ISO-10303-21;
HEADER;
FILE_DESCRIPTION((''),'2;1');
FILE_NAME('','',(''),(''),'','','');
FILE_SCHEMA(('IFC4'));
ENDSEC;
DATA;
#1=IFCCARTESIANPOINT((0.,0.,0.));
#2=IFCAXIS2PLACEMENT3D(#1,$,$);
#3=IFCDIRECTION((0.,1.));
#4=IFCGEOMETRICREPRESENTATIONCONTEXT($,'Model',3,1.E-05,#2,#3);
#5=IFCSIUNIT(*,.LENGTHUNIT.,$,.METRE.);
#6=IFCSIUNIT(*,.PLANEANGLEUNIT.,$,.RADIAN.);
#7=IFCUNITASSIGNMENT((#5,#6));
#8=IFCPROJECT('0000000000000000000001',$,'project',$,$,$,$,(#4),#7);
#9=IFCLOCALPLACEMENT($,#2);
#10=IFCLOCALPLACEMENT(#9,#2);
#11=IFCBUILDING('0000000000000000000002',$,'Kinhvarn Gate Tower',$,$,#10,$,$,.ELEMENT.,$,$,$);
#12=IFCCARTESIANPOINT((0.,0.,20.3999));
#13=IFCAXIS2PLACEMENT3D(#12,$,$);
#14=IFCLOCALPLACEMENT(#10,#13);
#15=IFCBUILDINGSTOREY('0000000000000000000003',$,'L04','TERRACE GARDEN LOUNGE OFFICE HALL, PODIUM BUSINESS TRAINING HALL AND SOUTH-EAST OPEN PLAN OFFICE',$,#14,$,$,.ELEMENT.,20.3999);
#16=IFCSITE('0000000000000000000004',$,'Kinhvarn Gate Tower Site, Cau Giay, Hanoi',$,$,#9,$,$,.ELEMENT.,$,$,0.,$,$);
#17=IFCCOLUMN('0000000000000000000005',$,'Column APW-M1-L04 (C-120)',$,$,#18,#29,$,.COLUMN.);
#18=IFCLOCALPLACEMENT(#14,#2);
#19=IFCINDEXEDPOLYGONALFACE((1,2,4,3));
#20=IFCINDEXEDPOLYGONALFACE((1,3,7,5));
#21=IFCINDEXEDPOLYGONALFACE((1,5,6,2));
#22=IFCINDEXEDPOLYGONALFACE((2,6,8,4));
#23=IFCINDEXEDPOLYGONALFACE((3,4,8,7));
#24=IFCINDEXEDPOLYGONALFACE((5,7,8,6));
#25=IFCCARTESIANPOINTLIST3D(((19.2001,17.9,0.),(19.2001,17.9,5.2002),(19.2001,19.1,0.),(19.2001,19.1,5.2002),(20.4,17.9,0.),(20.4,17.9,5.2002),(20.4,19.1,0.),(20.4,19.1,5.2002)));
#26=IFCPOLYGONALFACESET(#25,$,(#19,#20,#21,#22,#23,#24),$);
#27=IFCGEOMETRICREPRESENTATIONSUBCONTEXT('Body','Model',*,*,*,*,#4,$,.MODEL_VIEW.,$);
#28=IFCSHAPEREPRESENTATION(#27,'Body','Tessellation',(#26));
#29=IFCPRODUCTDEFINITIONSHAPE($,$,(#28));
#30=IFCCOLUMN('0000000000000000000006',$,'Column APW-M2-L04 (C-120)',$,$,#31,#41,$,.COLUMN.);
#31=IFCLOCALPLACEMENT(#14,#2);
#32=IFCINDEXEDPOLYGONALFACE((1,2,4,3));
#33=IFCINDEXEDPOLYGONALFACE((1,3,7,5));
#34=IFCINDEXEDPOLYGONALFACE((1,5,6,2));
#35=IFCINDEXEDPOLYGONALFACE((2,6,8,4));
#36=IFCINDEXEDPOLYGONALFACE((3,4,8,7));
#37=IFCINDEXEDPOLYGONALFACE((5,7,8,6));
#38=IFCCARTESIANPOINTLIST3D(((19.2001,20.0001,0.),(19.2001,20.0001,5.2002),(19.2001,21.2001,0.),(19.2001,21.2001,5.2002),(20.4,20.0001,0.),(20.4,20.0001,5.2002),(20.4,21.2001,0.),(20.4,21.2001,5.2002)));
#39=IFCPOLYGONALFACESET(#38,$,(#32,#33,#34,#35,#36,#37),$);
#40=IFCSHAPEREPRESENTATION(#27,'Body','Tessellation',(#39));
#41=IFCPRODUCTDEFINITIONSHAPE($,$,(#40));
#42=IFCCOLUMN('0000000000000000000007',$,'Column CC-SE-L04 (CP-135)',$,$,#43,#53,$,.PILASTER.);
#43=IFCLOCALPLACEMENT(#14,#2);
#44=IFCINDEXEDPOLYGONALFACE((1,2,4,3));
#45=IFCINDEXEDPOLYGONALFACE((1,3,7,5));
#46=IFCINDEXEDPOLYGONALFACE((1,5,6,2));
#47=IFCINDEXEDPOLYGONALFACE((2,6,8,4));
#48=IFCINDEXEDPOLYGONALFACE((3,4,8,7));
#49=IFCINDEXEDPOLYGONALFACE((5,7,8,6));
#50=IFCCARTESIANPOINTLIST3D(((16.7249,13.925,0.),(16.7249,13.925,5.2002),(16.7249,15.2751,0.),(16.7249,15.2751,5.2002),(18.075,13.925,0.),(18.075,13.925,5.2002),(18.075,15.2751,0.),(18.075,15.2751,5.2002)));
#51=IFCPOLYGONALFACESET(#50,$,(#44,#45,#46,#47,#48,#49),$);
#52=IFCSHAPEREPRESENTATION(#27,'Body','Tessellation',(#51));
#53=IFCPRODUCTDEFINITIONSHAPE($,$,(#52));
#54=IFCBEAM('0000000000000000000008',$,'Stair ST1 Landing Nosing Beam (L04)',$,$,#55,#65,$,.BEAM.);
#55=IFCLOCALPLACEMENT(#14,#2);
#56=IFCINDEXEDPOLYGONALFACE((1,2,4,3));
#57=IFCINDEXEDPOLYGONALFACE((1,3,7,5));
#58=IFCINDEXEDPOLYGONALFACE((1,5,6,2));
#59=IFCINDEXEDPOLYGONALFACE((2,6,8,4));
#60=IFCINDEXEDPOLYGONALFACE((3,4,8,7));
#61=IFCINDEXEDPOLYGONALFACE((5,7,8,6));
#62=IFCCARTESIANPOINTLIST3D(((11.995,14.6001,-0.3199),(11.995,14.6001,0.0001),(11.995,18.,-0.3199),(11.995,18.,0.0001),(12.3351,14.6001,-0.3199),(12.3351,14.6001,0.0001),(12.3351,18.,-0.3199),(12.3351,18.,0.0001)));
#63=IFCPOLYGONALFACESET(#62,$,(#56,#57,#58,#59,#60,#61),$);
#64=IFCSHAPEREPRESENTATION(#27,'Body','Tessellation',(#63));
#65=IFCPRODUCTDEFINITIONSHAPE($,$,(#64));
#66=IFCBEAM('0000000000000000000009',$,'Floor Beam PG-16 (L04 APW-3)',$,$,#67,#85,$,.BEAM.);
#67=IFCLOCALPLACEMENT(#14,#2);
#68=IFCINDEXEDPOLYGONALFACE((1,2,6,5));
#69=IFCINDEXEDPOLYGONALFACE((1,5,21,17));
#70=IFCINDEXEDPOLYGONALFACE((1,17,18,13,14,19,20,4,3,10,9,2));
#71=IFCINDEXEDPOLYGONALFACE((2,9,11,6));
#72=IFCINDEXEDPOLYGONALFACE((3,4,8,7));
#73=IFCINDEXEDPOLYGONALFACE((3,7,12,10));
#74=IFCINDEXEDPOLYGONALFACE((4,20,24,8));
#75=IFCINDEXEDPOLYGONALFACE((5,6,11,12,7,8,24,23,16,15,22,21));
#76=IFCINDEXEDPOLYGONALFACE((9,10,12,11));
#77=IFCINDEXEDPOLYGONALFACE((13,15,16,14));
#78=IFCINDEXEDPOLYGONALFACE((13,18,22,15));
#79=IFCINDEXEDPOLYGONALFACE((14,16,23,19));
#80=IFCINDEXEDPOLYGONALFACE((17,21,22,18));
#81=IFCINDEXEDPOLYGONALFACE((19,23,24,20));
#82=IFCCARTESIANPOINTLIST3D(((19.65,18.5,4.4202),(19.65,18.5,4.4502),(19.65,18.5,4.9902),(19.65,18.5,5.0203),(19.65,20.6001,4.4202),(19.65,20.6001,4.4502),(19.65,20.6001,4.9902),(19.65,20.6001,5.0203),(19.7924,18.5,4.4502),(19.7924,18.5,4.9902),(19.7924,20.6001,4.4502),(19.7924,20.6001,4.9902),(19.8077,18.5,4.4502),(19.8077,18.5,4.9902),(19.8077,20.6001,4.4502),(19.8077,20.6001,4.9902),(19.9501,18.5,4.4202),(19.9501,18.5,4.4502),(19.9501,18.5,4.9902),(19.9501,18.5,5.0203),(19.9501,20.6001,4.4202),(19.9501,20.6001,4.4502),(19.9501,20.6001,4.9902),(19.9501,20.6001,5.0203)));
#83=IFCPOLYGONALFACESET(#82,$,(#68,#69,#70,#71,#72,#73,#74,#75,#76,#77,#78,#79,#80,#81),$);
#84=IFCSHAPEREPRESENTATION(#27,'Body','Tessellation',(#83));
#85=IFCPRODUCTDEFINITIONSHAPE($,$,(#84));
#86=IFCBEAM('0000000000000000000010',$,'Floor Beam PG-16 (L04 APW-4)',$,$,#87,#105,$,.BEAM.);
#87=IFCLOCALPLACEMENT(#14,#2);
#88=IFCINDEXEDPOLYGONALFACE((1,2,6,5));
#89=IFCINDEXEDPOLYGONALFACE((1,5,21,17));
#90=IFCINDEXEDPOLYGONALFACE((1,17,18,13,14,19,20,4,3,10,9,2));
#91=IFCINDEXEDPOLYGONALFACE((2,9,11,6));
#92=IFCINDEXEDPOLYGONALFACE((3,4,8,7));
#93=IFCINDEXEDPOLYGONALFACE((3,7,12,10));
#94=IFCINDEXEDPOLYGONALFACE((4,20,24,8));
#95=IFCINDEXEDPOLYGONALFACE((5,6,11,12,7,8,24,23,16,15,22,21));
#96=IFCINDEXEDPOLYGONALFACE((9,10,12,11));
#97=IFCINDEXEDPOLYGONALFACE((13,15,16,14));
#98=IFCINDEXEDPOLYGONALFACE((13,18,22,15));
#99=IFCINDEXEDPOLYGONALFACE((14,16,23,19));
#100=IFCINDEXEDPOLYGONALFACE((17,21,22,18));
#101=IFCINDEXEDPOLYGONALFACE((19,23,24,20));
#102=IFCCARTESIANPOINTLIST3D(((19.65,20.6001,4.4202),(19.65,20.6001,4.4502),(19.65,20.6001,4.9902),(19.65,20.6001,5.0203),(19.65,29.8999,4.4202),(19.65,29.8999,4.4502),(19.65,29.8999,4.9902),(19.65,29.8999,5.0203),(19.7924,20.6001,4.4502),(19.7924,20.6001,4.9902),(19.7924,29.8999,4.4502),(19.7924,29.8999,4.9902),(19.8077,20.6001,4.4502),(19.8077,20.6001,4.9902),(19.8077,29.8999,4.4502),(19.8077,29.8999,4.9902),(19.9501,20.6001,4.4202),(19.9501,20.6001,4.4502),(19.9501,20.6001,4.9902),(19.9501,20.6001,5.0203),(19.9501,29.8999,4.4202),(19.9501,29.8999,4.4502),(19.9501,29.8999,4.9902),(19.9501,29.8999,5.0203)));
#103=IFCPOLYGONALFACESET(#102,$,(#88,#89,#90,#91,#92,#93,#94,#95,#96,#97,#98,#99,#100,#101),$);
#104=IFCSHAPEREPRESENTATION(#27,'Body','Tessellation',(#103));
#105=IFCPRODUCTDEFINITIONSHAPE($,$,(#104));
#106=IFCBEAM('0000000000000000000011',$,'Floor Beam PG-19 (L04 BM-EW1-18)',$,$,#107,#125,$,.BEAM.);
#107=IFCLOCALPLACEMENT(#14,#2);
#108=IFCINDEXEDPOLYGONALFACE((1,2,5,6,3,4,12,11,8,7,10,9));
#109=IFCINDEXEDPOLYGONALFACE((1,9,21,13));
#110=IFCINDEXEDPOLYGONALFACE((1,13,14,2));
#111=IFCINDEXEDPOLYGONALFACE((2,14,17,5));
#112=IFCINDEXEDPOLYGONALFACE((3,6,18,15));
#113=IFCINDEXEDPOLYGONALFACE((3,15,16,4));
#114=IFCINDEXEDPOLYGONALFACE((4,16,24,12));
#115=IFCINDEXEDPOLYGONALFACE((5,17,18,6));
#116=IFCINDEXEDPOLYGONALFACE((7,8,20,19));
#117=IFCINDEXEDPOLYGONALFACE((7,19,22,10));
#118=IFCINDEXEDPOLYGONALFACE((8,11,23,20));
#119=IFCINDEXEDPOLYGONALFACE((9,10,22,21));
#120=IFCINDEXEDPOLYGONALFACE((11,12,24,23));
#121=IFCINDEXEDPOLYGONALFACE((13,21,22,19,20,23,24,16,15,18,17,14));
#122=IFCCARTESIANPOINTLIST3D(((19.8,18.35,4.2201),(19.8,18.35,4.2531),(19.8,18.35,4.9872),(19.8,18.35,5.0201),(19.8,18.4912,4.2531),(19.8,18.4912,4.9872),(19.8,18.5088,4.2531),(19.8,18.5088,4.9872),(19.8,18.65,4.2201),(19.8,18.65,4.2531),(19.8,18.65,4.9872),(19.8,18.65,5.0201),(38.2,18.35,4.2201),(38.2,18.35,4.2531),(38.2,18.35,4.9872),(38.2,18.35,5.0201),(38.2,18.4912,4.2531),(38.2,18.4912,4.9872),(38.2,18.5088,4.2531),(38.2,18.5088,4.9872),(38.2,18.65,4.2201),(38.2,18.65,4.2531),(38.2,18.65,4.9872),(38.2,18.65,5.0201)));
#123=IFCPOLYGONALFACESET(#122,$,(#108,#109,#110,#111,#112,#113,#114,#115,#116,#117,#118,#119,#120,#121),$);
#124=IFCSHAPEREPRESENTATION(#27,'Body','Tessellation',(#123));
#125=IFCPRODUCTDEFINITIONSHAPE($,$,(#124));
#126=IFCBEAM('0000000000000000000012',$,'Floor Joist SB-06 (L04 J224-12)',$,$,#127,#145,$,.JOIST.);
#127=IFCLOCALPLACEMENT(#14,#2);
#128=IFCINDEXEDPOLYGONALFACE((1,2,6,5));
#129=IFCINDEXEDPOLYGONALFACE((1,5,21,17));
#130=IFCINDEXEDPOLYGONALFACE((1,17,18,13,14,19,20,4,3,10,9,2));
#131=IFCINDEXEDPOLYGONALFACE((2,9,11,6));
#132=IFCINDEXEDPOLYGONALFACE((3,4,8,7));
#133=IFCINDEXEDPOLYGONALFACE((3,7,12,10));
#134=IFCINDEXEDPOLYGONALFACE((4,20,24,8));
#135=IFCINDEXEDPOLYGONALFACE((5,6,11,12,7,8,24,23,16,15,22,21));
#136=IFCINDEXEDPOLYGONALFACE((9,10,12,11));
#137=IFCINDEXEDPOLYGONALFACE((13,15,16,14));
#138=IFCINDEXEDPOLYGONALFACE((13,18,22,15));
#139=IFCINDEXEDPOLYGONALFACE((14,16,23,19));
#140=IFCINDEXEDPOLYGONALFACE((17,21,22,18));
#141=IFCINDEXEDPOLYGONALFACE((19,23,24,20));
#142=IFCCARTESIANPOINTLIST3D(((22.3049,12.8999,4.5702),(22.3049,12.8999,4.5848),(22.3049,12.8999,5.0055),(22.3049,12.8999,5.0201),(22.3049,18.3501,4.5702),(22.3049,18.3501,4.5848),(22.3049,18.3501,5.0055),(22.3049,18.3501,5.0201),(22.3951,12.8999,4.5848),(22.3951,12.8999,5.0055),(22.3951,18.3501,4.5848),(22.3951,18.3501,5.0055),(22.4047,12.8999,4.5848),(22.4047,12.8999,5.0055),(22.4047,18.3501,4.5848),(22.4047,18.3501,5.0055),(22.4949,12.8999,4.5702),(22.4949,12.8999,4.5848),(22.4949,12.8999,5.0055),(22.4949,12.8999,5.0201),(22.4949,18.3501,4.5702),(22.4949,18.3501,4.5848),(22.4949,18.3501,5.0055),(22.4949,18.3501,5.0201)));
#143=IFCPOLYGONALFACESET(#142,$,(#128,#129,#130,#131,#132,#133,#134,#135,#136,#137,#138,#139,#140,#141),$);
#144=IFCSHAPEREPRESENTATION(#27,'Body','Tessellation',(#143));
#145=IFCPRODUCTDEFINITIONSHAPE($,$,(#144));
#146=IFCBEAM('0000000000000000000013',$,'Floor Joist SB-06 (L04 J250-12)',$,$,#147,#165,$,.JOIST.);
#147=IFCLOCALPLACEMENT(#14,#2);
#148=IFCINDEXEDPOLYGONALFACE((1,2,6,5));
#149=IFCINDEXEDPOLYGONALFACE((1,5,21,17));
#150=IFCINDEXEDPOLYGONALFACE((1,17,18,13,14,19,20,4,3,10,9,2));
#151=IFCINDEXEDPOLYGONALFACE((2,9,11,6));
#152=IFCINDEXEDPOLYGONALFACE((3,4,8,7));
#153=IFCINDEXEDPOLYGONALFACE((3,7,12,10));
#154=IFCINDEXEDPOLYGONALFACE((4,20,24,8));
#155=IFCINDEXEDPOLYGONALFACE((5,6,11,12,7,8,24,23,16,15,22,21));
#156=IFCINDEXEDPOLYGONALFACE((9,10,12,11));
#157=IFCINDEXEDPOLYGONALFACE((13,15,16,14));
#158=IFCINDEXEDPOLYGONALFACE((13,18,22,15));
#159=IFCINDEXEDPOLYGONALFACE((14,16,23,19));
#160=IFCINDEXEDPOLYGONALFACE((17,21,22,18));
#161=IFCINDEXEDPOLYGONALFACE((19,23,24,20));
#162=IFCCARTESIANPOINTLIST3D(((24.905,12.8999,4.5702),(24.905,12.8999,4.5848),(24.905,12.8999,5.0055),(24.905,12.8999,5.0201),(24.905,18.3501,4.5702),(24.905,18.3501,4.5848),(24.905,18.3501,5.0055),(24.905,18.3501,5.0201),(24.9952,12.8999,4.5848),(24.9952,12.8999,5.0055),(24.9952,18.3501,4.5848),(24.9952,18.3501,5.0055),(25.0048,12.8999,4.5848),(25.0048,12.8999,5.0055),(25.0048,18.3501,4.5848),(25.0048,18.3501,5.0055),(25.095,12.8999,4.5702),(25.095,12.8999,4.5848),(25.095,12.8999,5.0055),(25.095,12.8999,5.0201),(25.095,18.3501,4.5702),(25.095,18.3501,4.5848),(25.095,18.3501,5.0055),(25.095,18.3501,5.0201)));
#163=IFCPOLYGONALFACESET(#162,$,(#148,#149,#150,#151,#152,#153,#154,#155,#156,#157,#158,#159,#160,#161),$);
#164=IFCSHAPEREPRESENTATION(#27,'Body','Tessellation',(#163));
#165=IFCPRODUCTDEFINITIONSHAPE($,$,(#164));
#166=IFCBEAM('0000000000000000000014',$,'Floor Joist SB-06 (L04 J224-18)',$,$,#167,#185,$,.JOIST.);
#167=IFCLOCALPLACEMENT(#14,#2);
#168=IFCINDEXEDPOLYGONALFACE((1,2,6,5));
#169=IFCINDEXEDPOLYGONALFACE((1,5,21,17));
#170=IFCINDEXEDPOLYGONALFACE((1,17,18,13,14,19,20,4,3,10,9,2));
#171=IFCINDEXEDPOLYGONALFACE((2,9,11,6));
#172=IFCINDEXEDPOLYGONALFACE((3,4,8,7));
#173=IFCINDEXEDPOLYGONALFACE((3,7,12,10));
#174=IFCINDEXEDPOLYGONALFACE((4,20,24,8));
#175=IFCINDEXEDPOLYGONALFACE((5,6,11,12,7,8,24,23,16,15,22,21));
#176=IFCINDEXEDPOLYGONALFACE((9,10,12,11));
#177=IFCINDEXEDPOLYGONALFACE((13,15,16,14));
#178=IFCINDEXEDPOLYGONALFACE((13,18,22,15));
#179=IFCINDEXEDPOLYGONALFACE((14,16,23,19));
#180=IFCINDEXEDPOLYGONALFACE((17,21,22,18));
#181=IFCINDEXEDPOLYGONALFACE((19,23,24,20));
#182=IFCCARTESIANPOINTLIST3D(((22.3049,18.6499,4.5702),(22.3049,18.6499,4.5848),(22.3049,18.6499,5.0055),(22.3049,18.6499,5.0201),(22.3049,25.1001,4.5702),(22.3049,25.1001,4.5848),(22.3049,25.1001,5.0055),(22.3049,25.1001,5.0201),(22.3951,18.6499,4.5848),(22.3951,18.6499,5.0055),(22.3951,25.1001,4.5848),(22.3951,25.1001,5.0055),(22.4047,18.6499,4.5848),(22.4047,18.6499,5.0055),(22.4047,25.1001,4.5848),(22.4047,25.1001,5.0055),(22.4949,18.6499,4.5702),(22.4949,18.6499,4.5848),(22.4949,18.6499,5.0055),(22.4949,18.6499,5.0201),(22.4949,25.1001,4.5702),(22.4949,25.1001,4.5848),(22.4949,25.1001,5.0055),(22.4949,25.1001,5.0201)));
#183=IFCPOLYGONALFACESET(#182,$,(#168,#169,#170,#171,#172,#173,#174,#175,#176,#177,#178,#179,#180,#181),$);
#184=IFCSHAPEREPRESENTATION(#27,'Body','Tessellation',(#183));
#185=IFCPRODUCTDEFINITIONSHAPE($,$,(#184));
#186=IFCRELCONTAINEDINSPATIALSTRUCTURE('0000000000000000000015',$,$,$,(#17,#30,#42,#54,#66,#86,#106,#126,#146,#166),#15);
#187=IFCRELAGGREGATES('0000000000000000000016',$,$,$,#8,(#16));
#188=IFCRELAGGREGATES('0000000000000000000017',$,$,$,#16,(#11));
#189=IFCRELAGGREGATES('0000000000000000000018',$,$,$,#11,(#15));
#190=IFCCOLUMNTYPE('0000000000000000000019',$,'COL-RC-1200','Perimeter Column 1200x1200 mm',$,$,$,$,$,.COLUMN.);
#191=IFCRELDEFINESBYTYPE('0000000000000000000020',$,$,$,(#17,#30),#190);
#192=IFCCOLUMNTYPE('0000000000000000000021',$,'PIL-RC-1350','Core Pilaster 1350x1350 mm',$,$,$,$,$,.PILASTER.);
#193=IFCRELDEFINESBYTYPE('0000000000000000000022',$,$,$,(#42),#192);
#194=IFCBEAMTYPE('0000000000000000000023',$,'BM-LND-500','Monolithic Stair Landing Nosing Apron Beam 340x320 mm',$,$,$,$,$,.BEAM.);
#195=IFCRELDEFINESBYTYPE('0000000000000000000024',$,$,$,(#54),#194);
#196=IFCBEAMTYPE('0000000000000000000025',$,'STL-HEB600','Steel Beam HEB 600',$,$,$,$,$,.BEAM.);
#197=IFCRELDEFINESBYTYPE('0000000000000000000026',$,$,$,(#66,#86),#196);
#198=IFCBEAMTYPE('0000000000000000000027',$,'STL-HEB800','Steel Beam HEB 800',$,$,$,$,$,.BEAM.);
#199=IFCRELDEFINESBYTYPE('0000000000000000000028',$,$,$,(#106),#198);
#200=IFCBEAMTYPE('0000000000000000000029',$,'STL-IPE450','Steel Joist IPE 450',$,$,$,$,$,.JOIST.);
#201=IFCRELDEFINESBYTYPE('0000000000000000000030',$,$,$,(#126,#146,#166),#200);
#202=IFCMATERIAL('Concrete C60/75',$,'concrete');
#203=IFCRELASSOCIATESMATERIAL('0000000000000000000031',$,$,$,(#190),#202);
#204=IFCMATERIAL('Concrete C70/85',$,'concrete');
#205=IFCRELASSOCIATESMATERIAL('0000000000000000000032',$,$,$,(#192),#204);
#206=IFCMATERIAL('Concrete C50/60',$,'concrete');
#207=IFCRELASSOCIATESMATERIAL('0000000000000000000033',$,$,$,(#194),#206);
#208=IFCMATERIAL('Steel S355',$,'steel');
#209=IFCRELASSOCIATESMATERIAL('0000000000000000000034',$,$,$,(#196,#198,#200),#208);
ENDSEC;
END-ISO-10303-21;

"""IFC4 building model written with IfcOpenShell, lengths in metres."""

from ifc_helpers import new_model, si_unit, direction, frame, origin, origin_2d, place, context, subcontext, project, spatial, rectangle, i_section, extrude, material, material_profile, profile_set, type_object, element, save


model = new_model("IFC4")

# Units and contexts
model_context = context("Model", 3, precision=1e-05, world=origin(), true_north=direction((0.0, 1.0)))
body_context = subcontext(model_context, "Body", "Model", "MODEL_VIEW")
ifc_project = project(units=[si_unit("LENGTHUNIT", "METRE"), si_unit("PLANEANGLEUNIT", "RADIAN")], contexts=[model_context])

# Site, building, storey
site_placement = place(None, origin())
site = spatial("IfcSite", under=ifc_project, at=site_placement, Name="Kinhvarn Gate Tower Site, Cau Giay, Hanoi", CompositionType="ELEMENT", RefElevation=0.0)
building_placement = place(site_placement, origin())
building = spatial("IfcBuilding", under=site, at=building_placement, Name="Kinhvarn Gate Tower", CompositionType="ELEMENT")
storey_placement = place(building_placement, frame((0.0, 0.0, 20.3999)))
storey = spatial("IfcBuildingStorey", under=building, at=storey_placement, Name="L04", Description="TERRACE GARDEN LOUNGE OFFICE HALL, PODIUM BUSINESS TRAINING HALL AND SOUTH-EAST OPEN PLAN OFFICE", CompositionType="ELEMENT", Elevation=20.3999)

# Columns
ifc_material_1 = material(Name="Concrete C60/75", Category="concrete")
ifc_material_profile_1 = material_profile(ifc_material_1, rectangle(XDim=1.2, YDim=1.2, at=origin_2d()), Name="RC 1200x1200")
ifc_profile_set_1 = profile_set([ifc_material_profile_1], Name="Concrete C60/75")
column_type_1 = type_object("IfcColumnType", Name="COL-RC-1200", Description="Perimeter Column 1200x1200 mm", PredefinedType="COLUMN", material=ifc_profile_set_1)
for number, where, z_axis, x_axis, name in (
    (1, (19.8, 18.5, 0.0), (0.0, 0.0, 1.0), (1.0, 0.0, 0.0), "Column APW-M1-L04 (C-120)"),
    (2, (19.8, 20.6001, 0.0), (0.0, 0.0, 1.0), (1.0, 0.0, 0.0), "Column APW-M2-L04 (C-120)"),
):
    element("IfcColumn", number, at=place(storey_placement, frame(where, z_axis=z_axis, x_axis=x_axis)), inside=storey, type_object=column_type_1, Name=name, PredefinedType="COLUMN", context=body_context, shape_type="SweptSolid", body=[
        extrude(rectangle(XDim=1.2, YDim=1.2, at=origin_2d()), origin(), (0.0, 0.0, 1.0), 5.2002),
    ])
ifc_material_2 = material(Name="Concrete C70/85", Category="concrete")
ifc_material_profile_2 = material_profile(ifc_material_2, rectangle(XDim=1.3501, YDim=1.3501, at=origin_2d()), Name="RC 1350x1350")
ifc_profile_set_2 = profile_set([ifc_material_profile_2], Name="Concrete C70/85")
column_type_2 = type_object("IfcColumnType", Name="PIL-RC-1350", Description="Core Pilaster 1350x1350 mm", PredefinedType="PILASTER", material=ifc_profile_set_2)
column_placement = place(storey_placement, frame((17.3999, 14.6001, 0.0), z_axis=(0.0, 0.0, 1.0), x_axis=(1.0, 0.0, 0.0)))
element("IfcColumn", 3, at=column_placement, inside=storey, type_object=column_type_2, Name="Column CC-SE-L04 (CP-135)", PredefinedType="PILASTER", context=body_context, shape_type="SweptSolid", body=[
    extrude(rectangle(XDim=1.3501, YDim=1.3501, at=origin_2d()), origin(), (0.0, 0.0, 1.0), 5.2002),
])

# Beams
ifc_material_3 = material(Name="Concrete C50/60", Category="concrete")
ifc_material_profile_3 = material_profile(ifc_material_3, rectangle(XDim=0.3401, YDim=0.3201, at=origin_2d()), Name="RC 340x320")
ifc_profile_set_3 = profile_set([ifc_material_profile_3], Name="Concrete C50/60")
beam_type_1 = type_object("IfcBeamType", Name="BM-LND-500", Description="Monolithic Stair Landing Nosing Apron Beam 340x320 mm", PredefinedType="BEAM", material=ifc_profile_set_3)
beam_1_placement = place(storey_placement, frame((12.165, 14.6001, -0.1599), z_axis=(0.0, 1.0, 0.0), x_axis=(-1.0, 0.0, 0.0)))
element("IfcBeam", 4, at=beam_1_placement, inside=storey, type_object=beam_type_1, Name="Stair ST1 Landing Nosing Beam (L04)", PredefinedType="BEAM", context=body_context, shape_type="SweptSolid", body=[
    extrude(rectangle(XDim=0.3401, YDim=0.3201, at=origin_2d()), origin(), (0.0, 0.0, 1.0), 3.3999),
])
ifc_material_4 = material(Name="Steel S355", Category="steel")
ifc_material_profile_4 = material_profile(ifc_material_4, i_section(OverallWidth=0.3, OverallDepth=0.6001, WebThickness=0.0154, FlangeThickness=0.03, at=origin_2d()), Name="HEB 600")
ifc_profile_set_4 = profile_set([ifc_material_profile_4], Name="Steel S355")
beam_type_2 = type_object("IfcBeamType", Name="STL-HEB600", Description="Steel Beam HEB 600", PredefinedType="BEAM", material=ifc_profile_set_4)
beam_2_placement = place(storey_placement, frame((19.8, 18.5, 4.7202), z_axis=(0.0, 1.0, 0.0), x_axis=(-1.0, 0.0, 0.0)))
element("IfcBeam", 5, at=beam_2_placement, inside=storey, type_object=beam_type_2, Name="Floor Beam PG-16 (L04 APW-3)", PredefinedType="BEAM", context=body_context, shape_type="SweptSolid", body=[
    extrude(i_section(OverallWidth=0.3, OverallDepth=0.6001, WebThickness=0.0154, FlangeThickness=0.03, at=origin_2d()), origin(), (0.0, 0.0, 1.0), 2.1001),
])
beam_3_placement = place(storey_placement, frame((19.8, 20.6001, 4.7202), z_axis=(0.0, 1.0, 0.0), x_axis=(-1.0, 0.0, 0.0)))
element("IfcBeam", 6, at=beam_3_placement, inside=storey, type_object=beam_type_2, Name="Floor Beam PG-16 (L04 APW-4)", PredefinedType="BEAM", context=body_context, shape_type="SweptSolid", body=[
    extrude(i_section(OverallWidth=0.3, OverallDepth=0.6001, WebThickness=0.0154, FlangeThickness=0.03, at=origin_2d()), origin(), (0.0, 0.0, 1.0), 9.2998),
])
ifc_material_profile_5 = material_profile(ifc_material_4, i_section(OverallWidth=0.3, OverallDepth=0.8, WebThickness=0.0176, FlangeThickness=0.033, at=origin_2d()), Name="HEB 800")
ifc_profile_set_5 = profile_set([ifc_material_profile_5], Name="Steel S355")
beam_type_3 = type_object("IfcBeamType", Name="STL-HEB800", Description="Steel Beam HEB 800", PredefinedType="BEAM", material=ifc_profile_set_5)
beam_4_placement = place(storey_placement, frame((19.8, 18.5, 4.6201), z_axis=(1.0, 0.0, 0.0), x_axis=(0.0, 1.0, 0.0)))
element("IfcBeam", 7, at=beam_4_placement, inside=storey, type_object=beam_type_3, Name="Floor Beam PG-19 (L04 BM-EW1-18)", PredefinedType="BEAM", context=body_context, shape_type="SweptSolid", body=[
    extrude(i_section(OverallWidth=0.3, OverallDepth=0.8, WebThickness=0.0176, FlangeThickness=0.033, at=origin_2d()), origin(), (0.0, 0.0, 1.0), 18.3999),
])
ifc_material_profile_6 = material_profile(ifc_material_4, i_section(OverallWidth=0.1899, OverallDepth=0.45, WebThickness=0.0095, FlangeThickness=0.0146, at=origin_2d()), Name="IPE 450")
ifc_profile_set_6 = profile_set([ifc_material_profile_6], Name="Steel S355")
beam_type_4 = type_object("IfcBeamType", Name="STL-IPE450", Description="Steel Joist IPE 450", PredefinedType="JOIST", material=ifc_profile_set_6)
for number, where, z_axis, x_axis, name in (
    (8, (22.3999, 12.8999, 4.7952), (0.0, 1.0, 0.0), (-1.0, 0.0, 0.0), "Floor Joist SB-06 (L04 J224-12)"),
    (9, (25.0, 12.8999, 4.7952), (0.0, 1.0, 0.0), (-1.0, 0.0, 0.0), "Floor Joist SB-06 (L04 J250-12)"),
):
    element("IfcBeam", number, at=place(storey_placement, frame(where, z_axis=z_axis, x_axis=x_axis)), inside=storey, type_object=beam_type_4, Name=name, PredefinedType="JOIST", context=body_context, shape_type="SweptSolid", body=[
        extrude(i_section(OverallWidth=0.1899, OverallDepth=0.45, WebThickness=0.0095, FlangeThickness=0.0146, at=origin_2d()), origin(), (0.0, 0.0, 1.0), 5.4502),
    ])
beam_5_placement = place(storey_placement, frame((22.3999, 18.6499, 4.7952), z_axis=(0.0, 1.0, 0.0), x_axis=(-1.0, 0.0, 0.0)))
element("IfcBeam", 10, at=beam_5_placement, inside=storey, type_object=beam_type_4, Name="Floor Joist SB-06 (L04 J224-18)", PredefinedType="JOIST", context=body_context, shape_type="SweptSolid", body=[
    extrude(i_section(OverallWidth=0.1899, OverallDepth=0.45, WebThickness=0.0095, FlangeThickness=0.0146, at=origin_2d()), origin(), (0.0, 0.0, 1.0), 6.4502),
])

save(model, "model.ifc")
